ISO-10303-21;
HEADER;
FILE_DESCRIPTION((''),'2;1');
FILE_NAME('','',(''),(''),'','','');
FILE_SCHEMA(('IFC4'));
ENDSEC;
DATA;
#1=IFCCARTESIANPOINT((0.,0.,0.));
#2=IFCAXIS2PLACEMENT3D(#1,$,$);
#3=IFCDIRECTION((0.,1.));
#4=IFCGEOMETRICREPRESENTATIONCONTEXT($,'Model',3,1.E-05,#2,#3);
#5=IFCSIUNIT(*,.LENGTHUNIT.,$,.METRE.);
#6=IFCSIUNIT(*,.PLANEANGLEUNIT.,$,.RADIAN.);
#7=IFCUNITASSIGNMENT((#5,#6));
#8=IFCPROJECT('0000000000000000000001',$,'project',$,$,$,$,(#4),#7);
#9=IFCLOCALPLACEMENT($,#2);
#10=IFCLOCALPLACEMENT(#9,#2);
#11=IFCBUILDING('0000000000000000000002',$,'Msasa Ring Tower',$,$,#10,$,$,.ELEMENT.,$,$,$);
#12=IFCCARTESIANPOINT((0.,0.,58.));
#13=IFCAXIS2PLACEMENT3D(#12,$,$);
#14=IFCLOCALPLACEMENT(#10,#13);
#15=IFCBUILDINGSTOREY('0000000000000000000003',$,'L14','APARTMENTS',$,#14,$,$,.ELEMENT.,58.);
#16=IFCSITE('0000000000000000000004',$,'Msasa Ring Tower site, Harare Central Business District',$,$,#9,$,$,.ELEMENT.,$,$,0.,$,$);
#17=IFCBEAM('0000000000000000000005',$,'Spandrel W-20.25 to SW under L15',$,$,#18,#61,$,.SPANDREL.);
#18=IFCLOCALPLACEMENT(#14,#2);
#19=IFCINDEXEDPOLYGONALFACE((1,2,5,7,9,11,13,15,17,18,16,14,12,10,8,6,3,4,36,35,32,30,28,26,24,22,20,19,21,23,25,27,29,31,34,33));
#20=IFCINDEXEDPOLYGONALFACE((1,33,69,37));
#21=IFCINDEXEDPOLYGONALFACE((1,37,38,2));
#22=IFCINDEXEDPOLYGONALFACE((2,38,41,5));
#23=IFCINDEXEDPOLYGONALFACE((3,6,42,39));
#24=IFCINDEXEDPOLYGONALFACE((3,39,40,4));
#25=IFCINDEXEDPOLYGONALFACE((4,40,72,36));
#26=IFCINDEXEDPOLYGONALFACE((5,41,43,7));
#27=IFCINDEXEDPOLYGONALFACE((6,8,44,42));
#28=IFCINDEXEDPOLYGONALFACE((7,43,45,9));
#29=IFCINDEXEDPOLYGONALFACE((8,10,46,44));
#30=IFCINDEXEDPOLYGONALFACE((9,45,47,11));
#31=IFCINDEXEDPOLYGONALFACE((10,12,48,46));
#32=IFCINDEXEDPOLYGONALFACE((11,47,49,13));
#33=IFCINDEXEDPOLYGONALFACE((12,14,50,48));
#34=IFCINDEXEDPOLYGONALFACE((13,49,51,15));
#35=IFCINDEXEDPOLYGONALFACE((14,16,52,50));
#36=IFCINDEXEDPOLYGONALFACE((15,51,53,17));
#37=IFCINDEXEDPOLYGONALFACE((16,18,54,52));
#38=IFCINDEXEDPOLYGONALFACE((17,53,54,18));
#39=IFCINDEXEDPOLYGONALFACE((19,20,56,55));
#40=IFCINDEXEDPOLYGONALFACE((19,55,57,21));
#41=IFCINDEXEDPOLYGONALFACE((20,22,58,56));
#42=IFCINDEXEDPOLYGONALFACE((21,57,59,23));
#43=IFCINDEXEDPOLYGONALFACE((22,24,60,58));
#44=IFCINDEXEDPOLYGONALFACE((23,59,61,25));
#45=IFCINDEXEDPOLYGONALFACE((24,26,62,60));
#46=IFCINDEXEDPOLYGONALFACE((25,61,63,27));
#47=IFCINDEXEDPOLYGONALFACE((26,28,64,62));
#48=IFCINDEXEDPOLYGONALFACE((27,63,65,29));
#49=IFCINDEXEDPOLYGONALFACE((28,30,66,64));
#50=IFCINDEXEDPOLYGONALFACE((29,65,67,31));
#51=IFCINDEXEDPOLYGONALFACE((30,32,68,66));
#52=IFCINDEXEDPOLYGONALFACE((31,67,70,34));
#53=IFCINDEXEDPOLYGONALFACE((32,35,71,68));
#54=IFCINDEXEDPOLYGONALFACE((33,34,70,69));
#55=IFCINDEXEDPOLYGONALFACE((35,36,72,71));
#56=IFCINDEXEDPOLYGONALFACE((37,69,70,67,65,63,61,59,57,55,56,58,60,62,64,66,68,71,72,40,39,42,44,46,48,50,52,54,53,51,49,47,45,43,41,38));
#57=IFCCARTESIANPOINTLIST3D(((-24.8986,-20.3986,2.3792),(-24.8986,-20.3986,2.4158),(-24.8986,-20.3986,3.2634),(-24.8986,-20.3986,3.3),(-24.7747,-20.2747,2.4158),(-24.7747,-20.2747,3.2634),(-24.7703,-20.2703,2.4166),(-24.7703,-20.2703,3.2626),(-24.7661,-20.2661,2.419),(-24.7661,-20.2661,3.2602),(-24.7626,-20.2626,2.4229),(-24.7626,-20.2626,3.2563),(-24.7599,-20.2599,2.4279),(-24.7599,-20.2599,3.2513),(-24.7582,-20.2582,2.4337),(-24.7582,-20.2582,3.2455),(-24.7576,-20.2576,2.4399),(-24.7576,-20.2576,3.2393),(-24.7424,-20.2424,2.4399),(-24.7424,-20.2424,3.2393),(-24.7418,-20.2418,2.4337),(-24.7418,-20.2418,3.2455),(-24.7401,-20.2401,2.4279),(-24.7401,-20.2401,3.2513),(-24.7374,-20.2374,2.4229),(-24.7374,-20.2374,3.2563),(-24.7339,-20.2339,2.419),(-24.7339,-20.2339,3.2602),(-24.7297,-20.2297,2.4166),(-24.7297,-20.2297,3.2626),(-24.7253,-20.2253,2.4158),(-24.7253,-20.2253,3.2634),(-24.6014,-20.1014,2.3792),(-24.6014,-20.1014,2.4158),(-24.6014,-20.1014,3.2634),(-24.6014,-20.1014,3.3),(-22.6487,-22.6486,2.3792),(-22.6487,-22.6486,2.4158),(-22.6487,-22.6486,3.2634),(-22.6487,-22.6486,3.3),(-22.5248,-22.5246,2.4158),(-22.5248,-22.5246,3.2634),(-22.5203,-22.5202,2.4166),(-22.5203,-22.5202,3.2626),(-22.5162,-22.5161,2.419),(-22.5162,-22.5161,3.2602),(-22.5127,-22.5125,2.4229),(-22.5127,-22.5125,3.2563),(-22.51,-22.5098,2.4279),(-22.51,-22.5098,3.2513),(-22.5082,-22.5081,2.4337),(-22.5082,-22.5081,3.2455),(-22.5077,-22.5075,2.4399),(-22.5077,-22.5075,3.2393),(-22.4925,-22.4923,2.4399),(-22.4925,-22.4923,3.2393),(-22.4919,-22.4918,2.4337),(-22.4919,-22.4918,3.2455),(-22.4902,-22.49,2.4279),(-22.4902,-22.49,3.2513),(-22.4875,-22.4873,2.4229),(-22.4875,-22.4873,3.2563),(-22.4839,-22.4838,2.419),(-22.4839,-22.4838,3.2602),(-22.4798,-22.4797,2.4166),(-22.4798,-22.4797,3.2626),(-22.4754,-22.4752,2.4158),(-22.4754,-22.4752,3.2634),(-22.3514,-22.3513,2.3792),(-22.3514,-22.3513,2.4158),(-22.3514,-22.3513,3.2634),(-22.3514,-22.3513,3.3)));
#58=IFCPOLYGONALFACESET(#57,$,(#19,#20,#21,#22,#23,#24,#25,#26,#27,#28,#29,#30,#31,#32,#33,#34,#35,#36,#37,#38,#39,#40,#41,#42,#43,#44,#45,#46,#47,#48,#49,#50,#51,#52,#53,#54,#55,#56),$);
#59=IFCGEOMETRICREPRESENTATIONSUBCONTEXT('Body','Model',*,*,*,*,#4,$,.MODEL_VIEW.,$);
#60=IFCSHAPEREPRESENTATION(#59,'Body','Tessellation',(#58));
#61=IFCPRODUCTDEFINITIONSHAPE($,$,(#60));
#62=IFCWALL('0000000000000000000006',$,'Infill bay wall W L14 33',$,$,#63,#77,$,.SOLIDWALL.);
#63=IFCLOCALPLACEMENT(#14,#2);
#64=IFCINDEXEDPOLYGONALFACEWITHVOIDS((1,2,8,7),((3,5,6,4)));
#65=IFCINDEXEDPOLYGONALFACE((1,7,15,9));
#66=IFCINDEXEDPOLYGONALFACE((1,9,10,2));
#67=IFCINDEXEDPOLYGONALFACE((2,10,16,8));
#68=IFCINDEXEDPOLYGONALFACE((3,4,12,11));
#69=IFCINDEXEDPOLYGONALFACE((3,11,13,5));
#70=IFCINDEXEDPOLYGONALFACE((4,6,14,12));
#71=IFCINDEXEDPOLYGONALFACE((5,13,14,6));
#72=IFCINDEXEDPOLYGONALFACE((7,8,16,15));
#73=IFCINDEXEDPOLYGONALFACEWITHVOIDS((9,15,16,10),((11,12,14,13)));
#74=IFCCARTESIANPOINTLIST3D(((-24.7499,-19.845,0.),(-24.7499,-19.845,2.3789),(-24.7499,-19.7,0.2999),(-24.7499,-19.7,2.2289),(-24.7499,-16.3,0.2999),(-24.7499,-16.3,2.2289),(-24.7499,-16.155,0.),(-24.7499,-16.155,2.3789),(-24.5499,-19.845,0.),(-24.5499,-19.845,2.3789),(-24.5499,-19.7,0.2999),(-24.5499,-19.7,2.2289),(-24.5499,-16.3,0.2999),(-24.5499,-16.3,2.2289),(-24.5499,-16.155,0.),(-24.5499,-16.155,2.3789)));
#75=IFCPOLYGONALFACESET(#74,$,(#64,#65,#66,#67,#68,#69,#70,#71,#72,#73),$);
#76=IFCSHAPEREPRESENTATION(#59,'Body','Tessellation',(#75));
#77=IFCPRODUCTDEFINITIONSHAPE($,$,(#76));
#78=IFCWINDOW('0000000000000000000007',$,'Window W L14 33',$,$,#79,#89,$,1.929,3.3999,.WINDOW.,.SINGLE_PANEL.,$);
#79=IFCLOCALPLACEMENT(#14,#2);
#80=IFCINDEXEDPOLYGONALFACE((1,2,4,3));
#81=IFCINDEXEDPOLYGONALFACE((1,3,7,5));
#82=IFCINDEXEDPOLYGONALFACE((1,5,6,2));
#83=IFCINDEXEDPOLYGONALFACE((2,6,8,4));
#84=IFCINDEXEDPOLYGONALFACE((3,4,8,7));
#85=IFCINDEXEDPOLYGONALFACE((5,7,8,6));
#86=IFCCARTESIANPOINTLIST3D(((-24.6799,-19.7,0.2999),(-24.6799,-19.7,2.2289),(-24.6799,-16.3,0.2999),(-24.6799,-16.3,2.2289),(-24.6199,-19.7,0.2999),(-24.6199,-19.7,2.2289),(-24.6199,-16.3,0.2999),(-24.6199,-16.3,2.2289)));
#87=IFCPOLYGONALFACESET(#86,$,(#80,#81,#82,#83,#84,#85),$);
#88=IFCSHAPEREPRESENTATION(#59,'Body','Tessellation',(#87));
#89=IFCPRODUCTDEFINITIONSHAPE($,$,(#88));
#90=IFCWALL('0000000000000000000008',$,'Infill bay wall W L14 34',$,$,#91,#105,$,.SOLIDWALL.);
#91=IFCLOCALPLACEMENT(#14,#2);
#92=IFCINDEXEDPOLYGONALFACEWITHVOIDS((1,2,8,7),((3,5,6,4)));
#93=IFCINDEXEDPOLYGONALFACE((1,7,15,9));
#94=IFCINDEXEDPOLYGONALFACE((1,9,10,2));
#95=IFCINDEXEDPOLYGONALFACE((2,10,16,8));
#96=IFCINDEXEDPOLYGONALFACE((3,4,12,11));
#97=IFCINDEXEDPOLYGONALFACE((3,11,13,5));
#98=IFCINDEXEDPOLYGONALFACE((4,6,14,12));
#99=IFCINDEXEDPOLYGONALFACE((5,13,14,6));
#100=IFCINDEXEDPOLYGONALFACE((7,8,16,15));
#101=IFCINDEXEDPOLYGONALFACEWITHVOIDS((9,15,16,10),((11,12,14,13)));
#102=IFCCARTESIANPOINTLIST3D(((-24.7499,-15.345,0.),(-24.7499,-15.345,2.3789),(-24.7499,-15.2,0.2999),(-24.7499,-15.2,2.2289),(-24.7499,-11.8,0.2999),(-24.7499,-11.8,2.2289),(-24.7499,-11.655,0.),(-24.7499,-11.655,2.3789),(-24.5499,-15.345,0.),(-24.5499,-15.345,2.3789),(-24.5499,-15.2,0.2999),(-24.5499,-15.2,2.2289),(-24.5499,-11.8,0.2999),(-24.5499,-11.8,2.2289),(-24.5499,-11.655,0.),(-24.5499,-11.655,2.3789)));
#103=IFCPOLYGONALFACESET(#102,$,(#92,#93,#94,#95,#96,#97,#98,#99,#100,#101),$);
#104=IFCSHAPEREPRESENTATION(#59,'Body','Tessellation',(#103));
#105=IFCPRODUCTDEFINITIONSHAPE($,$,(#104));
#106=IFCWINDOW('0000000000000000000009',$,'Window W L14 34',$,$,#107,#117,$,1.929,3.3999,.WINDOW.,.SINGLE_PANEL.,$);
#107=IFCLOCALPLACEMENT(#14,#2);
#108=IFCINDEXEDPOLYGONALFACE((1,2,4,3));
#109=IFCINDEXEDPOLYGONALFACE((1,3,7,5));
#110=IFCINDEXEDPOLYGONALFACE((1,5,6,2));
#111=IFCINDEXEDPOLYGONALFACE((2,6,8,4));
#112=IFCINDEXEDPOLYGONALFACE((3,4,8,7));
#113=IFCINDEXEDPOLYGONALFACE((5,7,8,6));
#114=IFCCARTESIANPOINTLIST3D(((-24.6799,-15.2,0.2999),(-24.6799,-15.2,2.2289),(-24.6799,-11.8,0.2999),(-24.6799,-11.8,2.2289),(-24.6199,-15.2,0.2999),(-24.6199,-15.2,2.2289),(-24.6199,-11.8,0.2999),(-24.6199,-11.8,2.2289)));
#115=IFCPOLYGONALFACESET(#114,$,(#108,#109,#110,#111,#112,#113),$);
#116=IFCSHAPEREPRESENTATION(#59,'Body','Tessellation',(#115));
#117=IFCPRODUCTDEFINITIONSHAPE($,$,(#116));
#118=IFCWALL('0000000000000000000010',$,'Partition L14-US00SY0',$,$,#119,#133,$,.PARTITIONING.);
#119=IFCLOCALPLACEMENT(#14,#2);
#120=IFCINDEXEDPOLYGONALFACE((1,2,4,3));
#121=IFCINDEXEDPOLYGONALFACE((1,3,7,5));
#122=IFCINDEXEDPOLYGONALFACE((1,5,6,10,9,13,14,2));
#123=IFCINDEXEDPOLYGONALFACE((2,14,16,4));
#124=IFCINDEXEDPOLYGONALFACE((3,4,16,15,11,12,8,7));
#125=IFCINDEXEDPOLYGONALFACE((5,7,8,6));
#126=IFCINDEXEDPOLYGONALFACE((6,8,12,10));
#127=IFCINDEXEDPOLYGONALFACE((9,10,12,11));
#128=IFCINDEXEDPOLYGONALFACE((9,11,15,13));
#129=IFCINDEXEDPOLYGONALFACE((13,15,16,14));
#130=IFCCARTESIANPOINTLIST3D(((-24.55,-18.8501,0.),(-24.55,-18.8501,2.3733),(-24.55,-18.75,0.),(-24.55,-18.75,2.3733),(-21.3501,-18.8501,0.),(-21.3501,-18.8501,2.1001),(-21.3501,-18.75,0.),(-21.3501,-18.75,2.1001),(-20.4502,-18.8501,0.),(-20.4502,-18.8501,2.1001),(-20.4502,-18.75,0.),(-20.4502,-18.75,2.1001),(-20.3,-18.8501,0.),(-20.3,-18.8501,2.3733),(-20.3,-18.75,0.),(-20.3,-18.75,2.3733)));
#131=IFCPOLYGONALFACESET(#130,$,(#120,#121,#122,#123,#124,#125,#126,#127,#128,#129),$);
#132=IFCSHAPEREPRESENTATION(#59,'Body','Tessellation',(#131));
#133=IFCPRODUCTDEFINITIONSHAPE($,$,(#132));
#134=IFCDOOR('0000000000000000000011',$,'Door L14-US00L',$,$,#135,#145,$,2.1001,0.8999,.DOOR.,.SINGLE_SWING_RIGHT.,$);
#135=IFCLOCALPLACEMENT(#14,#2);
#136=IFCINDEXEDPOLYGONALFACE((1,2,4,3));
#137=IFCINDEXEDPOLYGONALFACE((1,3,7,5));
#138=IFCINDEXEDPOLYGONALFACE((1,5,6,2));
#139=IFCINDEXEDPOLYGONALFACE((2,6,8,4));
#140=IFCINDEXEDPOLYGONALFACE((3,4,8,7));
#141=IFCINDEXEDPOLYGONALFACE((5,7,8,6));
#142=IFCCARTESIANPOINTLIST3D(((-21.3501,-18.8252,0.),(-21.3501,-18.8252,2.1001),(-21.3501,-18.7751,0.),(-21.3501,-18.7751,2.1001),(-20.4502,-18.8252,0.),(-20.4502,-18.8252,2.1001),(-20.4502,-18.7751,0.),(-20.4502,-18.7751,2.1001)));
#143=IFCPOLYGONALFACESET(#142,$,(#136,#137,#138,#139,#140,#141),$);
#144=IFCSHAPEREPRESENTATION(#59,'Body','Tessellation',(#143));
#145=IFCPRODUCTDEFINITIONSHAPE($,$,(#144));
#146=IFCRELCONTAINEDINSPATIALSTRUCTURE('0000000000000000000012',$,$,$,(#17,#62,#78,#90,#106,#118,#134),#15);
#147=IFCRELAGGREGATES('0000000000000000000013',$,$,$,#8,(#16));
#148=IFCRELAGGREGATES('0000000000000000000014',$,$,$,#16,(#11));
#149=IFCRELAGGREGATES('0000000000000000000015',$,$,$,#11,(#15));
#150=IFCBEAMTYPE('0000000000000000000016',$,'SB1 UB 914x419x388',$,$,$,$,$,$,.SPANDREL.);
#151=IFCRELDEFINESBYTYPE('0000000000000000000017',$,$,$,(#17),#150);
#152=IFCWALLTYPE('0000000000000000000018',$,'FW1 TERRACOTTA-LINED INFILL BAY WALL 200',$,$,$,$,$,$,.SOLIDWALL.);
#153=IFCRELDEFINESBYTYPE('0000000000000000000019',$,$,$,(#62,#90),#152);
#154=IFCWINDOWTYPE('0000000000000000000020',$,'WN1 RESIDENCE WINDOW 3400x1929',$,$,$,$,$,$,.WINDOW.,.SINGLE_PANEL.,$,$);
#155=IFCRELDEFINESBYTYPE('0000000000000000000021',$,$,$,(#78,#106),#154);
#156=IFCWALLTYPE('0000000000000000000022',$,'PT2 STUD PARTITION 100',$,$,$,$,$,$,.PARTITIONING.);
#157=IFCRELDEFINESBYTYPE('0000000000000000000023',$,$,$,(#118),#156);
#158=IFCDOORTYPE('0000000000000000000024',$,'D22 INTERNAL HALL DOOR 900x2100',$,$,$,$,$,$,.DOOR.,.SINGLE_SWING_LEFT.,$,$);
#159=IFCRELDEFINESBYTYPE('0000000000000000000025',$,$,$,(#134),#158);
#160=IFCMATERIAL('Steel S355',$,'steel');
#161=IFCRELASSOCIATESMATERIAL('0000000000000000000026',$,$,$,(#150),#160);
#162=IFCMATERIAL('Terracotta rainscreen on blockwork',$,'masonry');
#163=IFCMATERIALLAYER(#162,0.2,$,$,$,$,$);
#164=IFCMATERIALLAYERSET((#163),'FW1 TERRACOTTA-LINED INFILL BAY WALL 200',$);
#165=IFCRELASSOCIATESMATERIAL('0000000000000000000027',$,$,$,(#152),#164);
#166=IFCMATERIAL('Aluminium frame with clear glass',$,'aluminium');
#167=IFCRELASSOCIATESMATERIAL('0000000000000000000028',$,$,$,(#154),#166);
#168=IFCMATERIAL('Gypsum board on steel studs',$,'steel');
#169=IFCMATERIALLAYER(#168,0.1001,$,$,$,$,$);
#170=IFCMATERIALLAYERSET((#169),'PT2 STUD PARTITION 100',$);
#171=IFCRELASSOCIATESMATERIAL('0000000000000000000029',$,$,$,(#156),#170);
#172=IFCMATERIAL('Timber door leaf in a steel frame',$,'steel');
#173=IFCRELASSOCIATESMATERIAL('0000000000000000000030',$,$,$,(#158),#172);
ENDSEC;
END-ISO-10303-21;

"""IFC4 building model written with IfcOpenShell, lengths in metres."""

from ifc_helpers import new_model, si_unit, direction, frame, frame_2d, origin, origin_2d, place, context, subcontext, project, spatial, rectangle, i_section, extrude, material, layer, layer_set, material_profile, profile_set, type_object, element, fill, save


model = new_model("IFC4")

# Units and contexts
model_context = context("Model", 3, precision=1e-05, world=origin(), true_north=direction((0.0, 1.0)))
body_context = subcontext(model_context, "Body", "Model", "MODEL_VIEW")
ifc_project = project(units=[si_unit("LENGTHUNIT", "METRE"), si_unit("PLANEANGLEUNIT", "RADIAN")], contexts=[model_context])

# Site, building, storey
site_placement = place(None, origin())
site = spatial("IfcSite", under=ifc_project, at=site_placement, Name="Msasa Ring Tower site, Harare Central Business District", CompositionType="ELEMENT", RefElevation=0.0)
building_placement = place(site_placement, origin())
building = spatial("IfcBuilding", under=site, at=building_placement, Name="Msasa Ring Tower", CompositionType="ELEMENT")
storey_placement = place(building_placement, frame((0.0, 0.0, 58.0)))
storey = spatial("IfcBuildingStorey", under=building, at=storey_placement, Name="L14", Description="APARTMENTS", CompositionType="ELEMENT", Elevation=58.0)

# Beam
ifc_material_1 = material(Name="Steel S355", Category="steel")
ifc_material_profile_1 = material_profile(ifc_material_1, i_section(OverallWidth=0.4204, OverallDepth=0.9209, WebThickness=0.0215, FlangeThickness=0.0366, FilletRadius=0.0242, at=origin_2d()), Name="UB 914x419x388")
ifc_profile_set_1 = profile_set([ifc_material_profile_1], Name="Steel S355")
beam_type = type_object("IfcBeamType", Name="SB1 UB 914x419x388", PredefinedType="SPANDREL", material=ifc_profile_set_1)
beam_placement = place(storey_placement, frame((-24.75, -20.25, 2.8396), z_axis=(0.707107, -0.707107, 0.0), x_axis=(0.707107, 0.707107, 0.0)))
element("IfcBeam", 1, at=beam_placement, inside=storey, type_object=beam_type, Name="Spandrel W-20.25 to SW under L15", PredefinedType="SPANDREL", context=body_context, shape_type="SweptSolid", body=[
    extrude(i_section(OverallWidth=0.4204, OverallDepth=0.9209, WebThickness=0.0215, FlangeThickness=0.0366, FilletRadius=0.0242, at=origin_2d()), origin(), (0.0, 0.0, 1.0), 3.1819),
])

# Walls, openings, windows
ifc_material_2 = material(Name="Terracotta rainscreen on blockwork", Category="masonry")
ifc_layer_1 = layer(ifc_material_2, 0.2)
ifc_layer_set_1 = layer_set([ifc_layer_1], Name="FW1 TERRACOTTA-LINED INFILL BAY WALL 200")
wall_type_1 = type_object("IfcWallType", Name="FW1 TERRACOTTA-LINED INFILL BAY WALL 200", PredefinedType="SOLIDWALL", material=ifc_layer_set_1)
wall_1_placement = place(storey_placement, frame((-24.6499, -19.845, 0.0), z_axis=(0.0, 0.0, 1.0), x_axis=(0.0, 1.0, 0.0)))
wall_1 = element("IfcWall", 2, at=wall_1_placement, inside=storey, type_object=wall_type_1, Name="Infill bay wall W L14 33", PredefinedType="SOLIDWALL", context=body_context, shape_type="SweptSolid", body=[
    extrude(rectangle(XDim=3.6899, YDim=0.2, at=frame_2d((1.845, 0.0))), origin(), (0.0, 0.0, 1.0), 2.3789),
])
opening_1_placement = place(wall_1_placement, frame((0.145, 0.0, 0.3)))
opening_1 = element("IfcOpeningElement", 3, at=opening_1_placement, cuts=wall_1, PredefinedType="OPENING", context=body_context, shape_type="SweptSolid", body=[
    extrude(rectangle(XDim=3.3999, YDim=1.929, at=frame_2d((1.7, 0.9644))), frame((0.0, 0.1099, 0.0), z_axis=(0.0, -1.0, 0.0), x_axis=(1.0, 0.0, 0.0)), (0.0, 0.0, 1.0), 0.22),
])
ifc_material_3 = material(Name="Aluminium frame with clear glass", Category="aluminium")
window_type = type_object("IfcWindowType", Name="WN1 RESIDENCE WINDOW 3400x1929", PartitioningType="SINGLE_PANEL", PredefinedType="WINDOW", material=ifc_material_3)
window_1_placement = place(opening_1_placement, origin())
window_1 = element("IfcWindow", 4, at=window_1_placement, inside=storey, type_object=window_type, Name="Window W L14 33", OverallHeight=1.929, OverallWidth=3.3999, PartitioningType="SINGLE_PANEL", PredefinedType="WINDOW", context=body_context, shape_type="SweptSolid", body=[
    extrude(rectangle(XDim=3.3999, YDim=1.929, at=frame_2d((1.7, 0.9644))), frame((0.0, 0.03, 0.0), z_axis=(0.0, -1.0, 0.0), x_axis=(1.0, 0.0, 0.0)), (0.0, 0.0, 1.0), 0.0601),
])
fill(opening_1, window_1)
wall_2_placement = place(storey_placement, frame((-24.6499, -15.345, 0.0), z_axis=(0.0, 0.0, 1.0), x_axis=(0.0, 1.0, 0.0)))
wall_2 = element("IfcWall", 5, at=wall_2_placement, inside=storey, type_object=wall_type_1, Name="Infill bay wall W L14 34", PredefinedType="SOLIDWALL", context=body_context, shape_type="SweptSolid", body=[
    extrude(rectangle(XDim=3.6899, YDim=0.2, at=frame_2d((1.845, 0.0))), origin(), (0.0, 0.0, 1.0), 2.3789),
])
opening_2_placement = place(wall_2_placement, frame((0.145, 0.0, 0.3)))
opening_2 = element("IfcOpeningElement", 6, at=opening_2_placement, cuts=wall_2, PredefinedType="OPENING", context=body_context, shape_type="SweptSolid", body=[
    extrude(rectangle(XDim=3.3999, YDim=1.929, at=frame_2d((1.7, 0.9644))), frame((0.0, 0.1099, 0.0), z_axis=(0.0, -1.0, 0.0), x_axis=(1.0, 0.0, 0.0)), (0.0, 0.0, 1.0), 0.22),
])
window_2_placement = place(opening_2_placement, origin())
window_2 = element("IfcWindow", 7, at=window_2_placement, inside=storey, type_object=window_type, Name="Window W L14 34", OverallHeight=1.929, OverallWidth=3.3999, PartitioningType="SINGLE_PANEL", PredefinedType="WINDOW", context=body_context, shape_type="SweptSolid", body=[
    extrude(rectangle(XDim=3.3999, YDim=1.929, at=frame_2d((1.7, 0.9644))), frame((0.0, 0.03, 0.0), z_axis=(0.0, -1.0, 0.0), x_axis=(1.0, 0.0, 0.0)), (0.0, 0.0, 1.0), 0.0601),
])
fill(opening_2, window_2)

# Wall, opening, door
ifc_material_4 = material(Name="Gypsum board on steel studs", Category="steel")
ifc_layer_2 = layer(ifc_material_4, 0.1001)
ifc_layer_set_2 = layer_set([ifc_layer_2], Name="PT2 STUD PARTITION 100")
wall_type_2 = type_object("IfcWallType", Name="PT2 STUD PARTITION 100", PredefinedType="PARTITIONING", material=ifc_layer_set_2)
wall_3_placement = place(storey_placement, frame((-24.55, -18.8, 0.0), z_axis=(0.0, 0.0, 1.0), x_axis=(1.0, 0.0, 0.0)))
wall_3 = element("IfcWall", 8, at=wall_3_placement, inside=storey, type_object=wall_type_2, Name="Partition L14-US00SY0", PredefinedType="PARTITIONING", context=body_context, shape_type="SweptSolid", body=[
    extrude(rectangle(XDim=4.25, YDim=0.1001, at=frame_2d((2.125, 0.0))), origin(), (0.0, 0.0, 1.0), 2.3733),
])
opening_3_placement = place(wall_3_placement, frame((3.2, 0.0, 0.0)))
opening_3 = element("IfcOpeningElement", 9, at=opening_3_placement, cuts=wall_3, PredefinedType="OPENING", context=body_context, shape_type="SweptSolid", body=[
    extrude(rectangle(XDim=0.8999, YDim=2.1001, at=frame_2d((0.45, 1.05))), frame((0.0, 0.0601, 0.0), z_axis=(0.0, -1.0, 0.0), x_axis=(1.0, 0.0, 0.0)), (0.0, 0.0, 1.0), 0.1201),
])
ifc_material_5 = material(Name="Timber door leaf in a steel frame", Category="steel")
door_type_1 = type_object("IfcDoorType", Name="D22 INTERNAL HALL DOOR 900x2100", OperationType="SINGLE_SWING_LEFT", PredefinedType="DOOR", material=ifc_material_5)
door_1_placement = place(opening_3_placement, origin())
door_1 = element("IfcDoor", 10, at=door_1_placement, inside=storey, type_object=door_type_1, Name="Door L14-US00L", OperationType="SINGLE_SWING_RIGHT", OverallHeight=2.1001, OverallWidth=0.8999, PredefinedType="DOOR", context=body_context, shape_type="SweptSolid", body=[
    extrude(rectangle(XDim=0.8999, YDim=2.1001, at=frame_2d((0.45, 1.05))), frame((0.0, 0.0249, 0.0), z_axis=(0.0, -1.0, 0.0), x_axis=(1.0, 0.0, 0.0)), (0.0, 0.0, 1.0), 0.05),
])
fill(opening_3, door_1)

save(model, "model.ifc")
